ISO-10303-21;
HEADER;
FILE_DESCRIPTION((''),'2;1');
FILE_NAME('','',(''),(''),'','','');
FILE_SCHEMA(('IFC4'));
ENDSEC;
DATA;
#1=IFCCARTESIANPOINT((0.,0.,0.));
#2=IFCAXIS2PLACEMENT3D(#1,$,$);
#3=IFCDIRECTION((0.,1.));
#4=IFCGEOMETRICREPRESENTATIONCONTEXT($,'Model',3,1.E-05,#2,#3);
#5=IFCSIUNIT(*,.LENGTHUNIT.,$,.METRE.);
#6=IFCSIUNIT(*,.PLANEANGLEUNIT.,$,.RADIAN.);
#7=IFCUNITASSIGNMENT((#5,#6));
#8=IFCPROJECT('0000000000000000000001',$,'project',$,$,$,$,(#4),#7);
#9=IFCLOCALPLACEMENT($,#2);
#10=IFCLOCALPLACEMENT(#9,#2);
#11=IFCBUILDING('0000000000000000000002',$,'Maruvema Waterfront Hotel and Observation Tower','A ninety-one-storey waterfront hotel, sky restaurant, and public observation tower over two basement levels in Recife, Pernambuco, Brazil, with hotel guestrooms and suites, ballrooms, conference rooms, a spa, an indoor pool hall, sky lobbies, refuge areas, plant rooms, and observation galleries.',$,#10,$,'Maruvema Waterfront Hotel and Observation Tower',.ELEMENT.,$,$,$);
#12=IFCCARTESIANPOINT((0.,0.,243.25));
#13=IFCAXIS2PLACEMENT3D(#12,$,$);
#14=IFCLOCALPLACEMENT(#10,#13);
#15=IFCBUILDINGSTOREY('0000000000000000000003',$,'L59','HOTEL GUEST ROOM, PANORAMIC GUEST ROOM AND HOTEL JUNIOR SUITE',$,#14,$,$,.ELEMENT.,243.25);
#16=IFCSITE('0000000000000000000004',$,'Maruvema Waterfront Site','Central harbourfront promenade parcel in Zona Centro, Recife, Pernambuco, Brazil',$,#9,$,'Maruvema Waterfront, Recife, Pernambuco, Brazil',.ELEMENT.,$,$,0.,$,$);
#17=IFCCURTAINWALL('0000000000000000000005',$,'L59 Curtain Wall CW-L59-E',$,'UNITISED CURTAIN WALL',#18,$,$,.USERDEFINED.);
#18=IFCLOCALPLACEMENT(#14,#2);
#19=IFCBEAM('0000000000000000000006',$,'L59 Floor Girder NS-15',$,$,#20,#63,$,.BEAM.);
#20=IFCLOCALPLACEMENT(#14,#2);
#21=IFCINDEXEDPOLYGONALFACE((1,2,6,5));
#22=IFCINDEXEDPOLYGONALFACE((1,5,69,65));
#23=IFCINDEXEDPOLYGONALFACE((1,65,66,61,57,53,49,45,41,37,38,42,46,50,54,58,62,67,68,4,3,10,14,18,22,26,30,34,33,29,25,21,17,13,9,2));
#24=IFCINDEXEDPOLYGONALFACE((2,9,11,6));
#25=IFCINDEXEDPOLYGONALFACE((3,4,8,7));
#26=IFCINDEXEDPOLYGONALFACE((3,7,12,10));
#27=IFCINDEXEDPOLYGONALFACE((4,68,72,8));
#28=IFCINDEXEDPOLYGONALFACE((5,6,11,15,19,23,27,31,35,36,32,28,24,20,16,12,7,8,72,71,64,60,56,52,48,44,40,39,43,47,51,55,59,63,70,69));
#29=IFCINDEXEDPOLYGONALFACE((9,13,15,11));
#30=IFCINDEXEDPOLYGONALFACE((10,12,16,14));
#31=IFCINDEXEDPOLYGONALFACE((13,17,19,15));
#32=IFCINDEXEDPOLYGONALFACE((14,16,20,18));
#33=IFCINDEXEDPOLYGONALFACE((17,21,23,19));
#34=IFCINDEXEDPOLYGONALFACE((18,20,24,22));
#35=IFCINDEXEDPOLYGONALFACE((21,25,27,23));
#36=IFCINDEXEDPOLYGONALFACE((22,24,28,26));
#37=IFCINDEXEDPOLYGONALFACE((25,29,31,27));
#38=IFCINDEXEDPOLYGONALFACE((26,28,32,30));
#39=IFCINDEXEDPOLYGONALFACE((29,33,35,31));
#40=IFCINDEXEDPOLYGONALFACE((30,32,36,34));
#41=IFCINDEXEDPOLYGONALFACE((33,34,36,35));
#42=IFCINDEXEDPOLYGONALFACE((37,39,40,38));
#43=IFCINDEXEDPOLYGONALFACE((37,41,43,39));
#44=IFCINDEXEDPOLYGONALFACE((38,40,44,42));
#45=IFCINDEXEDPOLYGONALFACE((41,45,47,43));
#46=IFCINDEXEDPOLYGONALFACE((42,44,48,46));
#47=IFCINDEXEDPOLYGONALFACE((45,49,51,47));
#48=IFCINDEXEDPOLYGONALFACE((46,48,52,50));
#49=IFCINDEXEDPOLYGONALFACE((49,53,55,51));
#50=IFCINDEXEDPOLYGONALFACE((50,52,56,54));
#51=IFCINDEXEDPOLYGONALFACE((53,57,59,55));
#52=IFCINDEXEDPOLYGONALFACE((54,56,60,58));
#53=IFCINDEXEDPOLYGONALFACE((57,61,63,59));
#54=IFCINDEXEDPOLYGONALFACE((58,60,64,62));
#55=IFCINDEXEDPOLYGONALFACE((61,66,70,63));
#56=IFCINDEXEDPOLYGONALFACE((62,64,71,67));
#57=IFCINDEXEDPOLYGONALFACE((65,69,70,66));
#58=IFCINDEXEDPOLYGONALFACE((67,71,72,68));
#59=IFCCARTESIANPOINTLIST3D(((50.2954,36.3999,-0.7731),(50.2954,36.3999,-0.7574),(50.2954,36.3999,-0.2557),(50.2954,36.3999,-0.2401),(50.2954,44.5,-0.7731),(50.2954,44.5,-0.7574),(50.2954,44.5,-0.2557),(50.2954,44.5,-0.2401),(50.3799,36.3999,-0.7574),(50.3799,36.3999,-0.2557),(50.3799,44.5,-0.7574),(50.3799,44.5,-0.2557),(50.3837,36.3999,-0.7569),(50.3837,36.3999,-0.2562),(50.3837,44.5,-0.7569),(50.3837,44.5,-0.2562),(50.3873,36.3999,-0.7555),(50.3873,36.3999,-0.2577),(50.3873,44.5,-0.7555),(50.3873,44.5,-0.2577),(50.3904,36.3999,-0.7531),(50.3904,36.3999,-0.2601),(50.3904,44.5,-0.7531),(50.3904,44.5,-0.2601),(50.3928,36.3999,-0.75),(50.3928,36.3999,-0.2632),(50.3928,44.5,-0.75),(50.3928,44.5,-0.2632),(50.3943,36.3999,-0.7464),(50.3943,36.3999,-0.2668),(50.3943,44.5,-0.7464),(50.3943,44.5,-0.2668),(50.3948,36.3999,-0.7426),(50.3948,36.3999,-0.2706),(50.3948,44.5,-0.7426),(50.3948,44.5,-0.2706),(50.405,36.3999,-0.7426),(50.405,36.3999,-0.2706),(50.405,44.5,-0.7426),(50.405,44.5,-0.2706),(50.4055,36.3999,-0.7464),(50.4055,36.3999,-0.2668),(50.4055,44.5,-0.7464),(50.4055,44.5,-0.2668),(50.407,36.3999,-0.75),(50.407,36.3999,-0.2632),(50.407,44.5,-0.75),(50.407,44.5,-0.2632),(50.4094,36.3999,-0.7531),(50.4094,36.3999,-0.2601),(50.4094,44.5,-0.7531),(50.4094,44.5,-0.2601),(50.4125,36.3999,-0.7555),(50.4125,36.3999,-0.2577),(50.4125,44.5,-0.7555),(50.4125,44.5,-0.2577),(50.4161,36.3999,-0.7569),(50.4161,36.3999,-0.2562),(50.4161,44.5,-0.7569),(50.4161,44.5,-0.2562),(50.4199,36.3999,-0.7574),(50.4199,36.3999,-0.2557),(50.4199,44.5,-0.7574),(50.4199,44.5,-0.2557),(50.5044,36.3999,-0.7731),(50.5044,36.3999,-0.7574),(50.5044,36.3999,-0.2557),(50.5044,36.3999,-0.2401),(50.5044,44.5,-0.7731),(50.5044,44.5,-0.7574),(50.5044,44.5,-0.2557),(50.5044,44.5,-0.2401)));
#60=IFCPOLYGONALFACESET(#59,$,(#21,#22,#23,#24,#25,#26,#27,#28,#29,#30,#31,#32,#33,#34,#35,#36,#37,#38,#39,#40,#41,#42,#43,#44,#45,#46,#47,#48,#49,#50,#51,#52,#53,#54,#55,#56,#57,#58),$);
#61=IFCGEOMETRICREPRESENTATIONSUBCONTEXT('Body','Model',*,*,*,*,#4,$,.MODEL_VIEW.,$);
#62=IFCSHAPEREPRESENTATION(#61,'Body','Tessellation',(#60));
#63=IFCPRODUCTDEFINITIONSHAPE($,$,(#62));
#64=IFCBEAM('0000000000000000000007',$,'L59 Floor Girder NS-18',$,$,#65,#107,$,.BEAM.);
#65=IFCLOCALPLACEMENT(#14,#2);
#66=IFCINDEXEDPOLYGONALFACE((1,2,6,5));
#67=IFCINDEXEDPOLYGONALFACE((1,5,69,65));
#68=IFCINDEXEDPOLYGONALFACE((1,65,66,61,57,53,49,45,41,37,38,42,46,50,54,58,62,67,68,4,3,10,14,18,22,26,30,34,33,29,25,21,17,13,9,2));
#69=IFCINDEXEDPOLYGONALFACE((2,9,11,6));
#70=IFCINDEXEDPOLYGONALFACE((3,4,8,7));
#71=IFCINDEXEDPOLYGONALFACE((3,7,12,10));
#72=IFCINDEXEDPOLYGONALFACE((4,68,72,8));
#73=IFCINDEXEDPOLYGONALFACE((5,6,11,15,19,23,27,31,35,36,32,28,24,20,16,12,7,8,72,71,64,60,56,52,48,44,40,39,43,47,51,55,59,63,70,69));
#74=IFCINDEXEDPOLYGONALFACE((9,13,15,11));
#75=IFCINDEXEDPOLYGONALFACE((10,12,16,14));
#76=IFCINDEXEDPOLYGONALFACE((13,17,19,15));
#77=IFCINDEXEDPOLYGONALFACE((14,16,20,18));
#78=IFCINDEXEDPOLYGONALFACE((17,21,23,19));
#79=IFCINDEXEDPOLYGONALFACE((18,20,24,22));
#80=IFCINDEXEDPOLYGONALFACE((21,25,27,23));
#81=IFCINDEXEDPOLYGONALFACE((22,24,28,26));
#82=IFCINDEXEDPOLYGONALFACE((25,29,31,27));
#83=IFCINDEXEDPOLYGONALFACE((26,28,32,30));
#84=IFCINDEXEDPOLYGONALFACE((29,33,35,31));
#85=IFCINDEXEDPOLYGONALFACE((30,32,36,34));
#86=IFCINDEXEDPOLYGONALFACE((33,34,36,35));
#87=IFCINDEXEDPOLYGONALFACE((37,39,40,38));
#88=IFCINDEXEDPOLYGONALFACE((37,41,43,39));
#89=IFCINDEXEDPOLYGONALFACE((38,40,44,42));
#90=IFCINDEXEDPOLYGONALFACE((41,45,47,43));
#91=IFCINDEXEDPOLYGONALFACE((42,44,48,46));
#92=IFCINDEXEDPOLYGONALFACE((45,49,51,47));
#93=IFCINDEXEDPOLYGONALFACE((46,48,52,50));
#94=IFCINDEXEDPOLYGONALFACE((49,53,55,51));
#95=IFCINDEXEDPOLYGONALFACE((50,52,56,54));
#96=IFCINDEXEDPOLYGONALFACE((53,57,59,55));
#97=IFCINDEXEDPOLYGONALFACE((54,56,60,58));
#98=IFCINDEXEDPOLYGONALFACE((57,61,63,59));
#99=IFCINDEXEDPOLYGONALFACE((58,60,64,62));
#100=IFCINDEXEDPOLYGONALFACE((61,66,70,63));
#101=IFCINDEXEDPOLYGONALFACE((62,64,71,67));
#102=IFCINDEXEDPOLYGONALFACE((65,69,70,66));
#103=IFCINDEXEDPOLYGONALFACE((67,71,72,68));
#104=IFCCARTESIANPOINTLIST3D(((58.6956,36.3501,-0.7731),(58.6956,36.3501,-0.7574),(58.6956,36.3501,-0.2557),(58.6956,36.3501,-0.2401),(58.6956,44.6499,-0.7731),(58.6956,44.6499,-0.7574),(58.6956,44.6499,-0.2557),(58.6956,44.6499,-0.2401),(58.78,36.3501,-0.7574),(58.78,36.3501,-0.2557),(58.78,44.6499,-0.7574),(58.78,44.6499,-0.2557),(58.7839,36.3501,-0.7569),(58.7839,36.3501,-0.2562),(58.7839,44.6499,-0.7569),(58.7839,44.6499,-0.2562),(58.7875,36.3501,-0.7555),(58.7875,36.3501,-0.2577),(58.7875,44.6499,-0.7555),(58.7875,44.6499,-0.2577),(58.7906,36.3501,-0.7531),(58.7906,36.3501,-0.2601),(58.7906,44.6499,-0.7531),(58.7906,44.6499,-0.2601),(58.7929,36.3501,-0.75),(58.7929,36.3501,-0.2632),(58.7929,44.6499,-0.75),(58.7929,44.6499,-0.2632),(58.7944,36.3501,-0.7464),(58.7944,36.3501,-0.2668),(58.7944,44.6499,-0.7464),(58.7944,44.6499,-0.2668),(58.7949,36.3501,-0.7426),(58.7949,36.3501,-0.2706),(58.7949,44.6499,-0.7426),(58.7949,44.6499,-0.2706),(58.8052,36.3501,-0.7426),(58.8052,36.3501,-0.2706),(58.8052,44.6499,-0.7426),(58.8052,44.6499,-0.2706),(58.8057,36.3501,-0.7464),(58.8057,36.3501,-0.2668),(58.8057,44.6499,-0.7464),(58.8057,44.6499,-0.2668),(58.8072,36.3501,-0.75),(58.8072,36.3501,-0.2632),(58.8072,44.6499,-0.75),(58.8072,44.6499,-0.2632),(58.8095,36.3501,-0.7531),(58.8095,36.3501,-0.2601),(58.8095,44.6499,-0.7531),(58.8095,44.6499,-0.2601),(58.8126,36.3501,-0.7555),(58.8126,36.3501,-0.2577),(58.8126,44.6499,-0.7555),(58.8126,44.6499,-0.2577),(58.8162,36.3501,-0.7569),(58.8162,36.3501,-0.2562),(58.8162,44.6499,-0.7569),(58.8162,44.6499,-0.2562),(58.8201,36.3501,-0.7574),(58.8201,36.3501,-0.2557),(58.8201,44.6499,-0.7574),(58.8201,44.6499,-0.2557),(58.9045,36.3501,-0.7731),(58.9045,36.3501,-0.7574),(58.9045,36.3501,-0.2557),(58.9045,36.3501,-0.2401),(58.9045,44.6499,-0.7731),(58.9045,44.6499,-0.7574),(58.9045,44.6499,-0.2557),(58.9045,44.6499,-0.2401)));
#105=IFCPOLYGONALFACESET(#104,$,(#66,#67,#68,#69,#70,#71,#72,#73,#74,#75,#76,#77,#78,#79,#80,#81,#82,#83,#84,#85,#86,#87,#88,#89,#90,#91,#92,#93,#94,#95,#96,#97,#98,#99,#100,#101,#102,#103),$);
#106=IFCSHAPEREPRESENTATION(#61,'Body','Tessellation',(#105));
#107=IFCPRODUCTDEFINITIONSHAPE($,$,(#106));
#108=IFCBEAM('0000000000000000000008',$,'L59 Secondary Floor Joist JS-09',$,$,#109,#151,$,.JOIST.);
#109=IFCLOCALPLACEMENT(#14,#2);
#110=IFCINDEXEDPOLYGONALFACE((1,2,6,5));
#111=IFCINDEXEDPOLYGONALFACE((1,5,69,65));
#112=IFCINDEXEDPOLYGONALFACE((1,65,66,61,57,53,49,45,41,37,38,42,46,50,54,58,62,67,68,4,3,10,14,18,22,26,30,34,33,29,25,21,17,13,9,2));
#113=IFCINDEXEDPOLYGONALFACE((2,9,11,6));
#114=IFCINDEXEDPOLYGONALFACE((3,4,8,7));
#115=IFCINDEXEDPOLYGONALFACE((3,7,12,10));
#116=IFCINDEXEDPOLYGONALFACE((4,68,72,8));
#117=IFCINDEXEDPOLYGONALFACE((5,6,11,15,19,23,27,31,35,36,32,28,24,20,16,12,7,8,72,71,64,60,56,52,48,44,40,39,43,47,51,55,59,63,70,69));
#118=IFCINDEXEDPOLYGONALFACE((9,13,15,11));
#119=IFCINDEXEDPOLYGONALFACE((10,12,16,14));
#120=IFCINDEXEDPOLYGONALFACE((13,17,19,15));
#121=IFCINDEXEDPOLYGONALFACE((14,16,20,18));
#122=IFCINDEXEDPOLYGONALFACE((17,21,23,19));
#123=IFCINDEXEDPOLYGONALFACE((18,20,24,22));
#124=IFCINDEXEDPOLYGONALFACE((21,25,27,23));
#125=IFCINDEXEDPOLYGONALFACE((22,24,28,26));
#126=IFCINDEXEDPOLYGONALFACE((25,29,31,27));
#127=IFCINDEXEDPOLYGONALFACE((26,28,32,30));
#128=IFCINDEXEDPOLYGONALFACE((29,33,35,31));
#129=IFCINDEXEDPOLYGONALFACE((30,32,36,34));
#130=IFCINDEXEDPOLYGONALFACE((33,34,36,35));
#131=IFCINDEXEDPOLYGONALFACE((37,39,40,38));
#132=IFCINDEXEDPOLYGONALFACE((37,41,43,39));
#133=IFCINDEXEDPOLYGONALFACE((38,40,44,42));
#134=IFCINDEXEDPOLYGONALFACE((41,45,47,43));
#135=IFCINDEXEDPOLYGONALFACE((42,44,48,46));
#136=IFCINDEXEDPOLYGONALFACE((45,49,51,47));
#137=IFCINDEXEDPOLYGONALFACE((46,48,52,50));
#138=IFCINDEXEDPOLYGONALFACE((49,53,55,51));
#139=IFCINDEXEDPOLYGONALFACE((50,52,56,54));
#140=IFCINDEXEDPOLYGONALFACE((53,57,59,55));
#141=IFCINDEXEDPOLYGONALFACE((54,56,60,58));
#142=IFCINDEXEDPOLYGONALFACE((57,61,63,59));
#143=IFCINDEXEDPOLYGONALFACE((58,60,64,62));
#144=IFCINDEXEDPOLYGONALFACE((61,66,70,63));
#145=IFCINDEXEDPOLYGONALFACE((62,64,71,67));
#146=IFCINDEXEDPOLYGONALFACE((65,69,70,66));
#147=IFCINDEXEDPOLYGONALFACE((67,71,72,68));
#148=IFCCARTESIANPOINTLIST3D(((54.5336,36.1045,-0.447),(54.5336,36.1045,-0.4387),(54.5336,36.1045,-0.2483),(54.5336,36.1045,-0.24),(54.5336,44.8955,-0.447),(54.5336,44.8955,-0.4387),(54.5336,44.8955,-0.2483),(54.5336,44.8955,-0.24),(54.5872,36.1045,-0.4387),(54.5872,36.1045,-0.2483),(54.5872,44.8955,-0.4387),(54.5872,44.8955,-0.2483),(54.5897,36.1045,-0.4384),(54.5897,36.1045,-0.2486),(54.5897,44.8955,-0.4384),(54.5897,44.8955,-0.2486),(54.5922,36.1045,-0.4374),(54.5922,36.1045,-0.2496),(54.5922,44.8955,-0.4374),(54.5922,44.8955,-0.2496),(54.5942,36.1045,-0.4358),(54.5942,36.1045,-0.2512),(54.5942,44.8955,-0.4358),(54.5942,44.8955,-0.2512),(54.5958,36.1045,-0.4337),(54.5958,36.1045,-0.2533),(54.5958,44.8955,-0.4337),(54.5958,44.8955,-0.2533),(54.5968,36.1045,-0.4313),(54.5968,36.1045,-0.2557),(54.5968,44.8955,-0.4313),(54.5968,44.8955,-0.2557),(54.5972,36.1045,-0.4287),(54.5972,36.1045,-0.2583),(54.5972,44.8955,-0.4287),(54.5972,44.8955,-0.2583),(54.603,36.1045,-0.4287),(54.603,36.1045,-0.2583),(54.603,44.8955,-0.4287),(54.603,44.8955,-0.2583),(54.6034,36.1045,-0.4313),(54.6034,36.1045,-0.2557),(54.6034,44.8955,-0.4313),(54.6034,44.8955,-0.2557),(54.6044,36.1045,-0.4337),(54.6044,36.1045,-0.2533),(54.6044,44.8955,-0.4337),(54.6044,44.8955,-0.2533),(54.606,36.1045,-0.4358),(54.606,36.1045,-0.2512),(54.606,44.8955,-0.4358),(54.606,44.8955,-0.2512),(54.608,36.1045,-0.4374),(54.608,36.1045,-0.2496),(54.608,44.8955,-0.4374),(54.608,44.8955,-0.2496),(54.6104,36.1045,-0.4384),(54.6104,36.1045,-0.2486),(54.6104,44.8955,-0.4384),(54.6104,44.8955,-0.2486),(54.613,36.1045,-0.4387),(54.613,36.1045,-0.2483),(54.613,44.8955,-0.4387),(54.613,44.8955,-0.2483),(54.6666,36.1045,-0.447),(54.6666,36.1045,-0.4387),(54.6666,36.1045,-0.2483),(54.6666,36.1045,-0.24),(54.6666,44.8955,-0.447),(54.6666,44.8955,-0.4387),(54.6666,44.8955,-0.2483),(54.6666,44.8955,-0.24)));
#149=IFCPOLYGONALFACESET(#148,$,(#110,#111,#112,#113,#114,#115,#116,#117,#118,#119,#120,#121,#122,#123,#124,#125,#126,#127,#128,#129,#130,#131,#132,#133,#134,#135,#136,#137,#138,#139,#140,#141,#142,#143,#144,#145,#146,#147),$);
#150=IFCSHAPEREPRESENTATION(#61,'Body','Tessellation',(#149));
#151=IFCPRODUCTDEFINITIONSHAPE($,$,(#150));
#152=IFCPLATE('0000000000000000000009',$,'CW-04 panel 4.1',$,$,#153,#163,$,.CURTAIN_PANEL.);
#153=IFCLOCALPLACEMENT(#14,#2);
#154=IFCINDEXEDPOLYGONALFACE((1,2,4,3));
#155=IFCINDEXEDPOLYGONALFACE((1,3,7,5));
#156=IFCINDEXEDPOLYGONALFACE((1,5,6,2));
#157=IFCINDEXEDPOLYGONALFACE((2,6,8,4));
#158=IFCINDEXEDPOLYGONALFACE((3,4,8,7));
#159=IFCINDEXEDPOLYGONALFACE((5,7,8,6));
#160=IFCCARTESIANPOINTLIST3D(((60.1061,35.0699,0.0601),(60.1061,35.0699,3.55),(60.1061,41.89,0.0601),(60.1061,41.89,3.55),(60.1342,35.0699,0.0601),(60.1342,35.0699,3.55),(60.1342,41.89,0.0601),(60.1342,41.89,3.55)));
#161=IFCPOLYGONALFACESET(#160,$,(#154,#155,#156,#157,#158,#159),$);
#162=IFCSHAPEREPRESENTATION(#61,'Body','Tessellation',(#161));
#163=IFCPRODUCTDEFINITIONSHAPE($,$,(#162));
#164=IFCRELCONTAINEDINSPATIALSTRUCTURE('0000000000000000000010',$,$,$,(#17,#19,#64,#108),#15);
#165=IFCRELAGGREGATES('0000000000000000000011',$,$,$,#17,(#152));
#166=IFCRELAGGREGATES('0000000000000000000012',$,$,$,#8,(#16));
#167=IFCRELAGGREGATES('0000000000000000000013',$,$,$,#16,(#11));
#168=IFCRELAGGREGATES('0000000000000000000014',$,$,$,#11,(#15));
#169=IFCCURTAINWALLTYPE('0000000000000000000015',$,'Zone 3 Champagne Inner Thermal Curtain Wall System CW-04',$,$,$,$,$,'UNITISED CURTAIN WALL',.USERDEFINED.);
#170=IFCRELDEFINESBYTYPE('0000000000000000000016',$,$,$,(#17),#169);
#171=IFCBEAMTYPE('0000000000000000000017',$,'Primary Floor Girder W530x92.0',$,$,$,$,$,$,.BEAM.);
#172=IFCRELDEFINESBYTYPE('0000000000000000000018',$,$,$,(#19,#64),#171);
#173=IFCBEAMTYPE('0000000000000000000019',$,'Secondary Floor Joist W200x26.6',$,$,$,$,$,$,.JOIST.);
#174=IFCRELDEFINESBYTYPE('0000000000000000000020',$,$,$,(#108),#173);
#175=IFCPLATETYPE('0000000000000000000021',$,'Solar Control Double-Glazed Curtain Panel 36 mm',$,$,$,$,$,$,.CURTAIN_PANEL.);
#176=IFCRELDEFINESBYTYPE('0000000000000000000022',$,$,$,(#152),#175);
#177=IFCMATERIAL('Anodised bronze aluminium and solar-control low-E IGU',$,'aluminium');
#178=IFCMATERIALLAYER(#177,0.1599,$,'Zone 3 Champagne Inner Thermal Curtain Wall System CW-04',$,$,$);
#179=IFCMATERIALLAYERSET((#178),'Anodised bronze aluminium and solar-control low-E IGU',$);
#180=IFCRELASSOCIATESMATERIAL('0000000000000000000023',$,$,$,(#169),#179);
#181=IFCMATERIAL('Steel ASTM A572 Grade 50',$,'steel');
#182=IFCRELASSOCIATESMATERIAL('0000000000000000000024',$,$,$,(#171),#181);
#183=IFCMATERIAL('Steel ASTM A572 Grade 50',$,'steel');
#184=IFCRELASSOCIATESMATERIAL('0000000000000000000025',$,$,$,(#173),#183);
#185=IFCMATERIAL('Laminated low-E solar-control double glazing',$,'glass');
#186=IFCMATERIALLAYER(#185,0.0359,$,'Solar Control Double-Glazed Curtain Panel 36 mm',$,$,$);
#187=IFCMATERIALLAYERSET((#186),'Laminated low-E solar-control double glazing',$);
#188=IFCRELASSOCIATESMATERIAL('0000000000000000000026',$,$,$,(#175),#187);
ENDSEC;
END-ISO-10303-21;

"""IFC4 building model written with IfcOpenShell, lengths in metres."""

from ifc_helpers import new_model, si_unit, direction, frame, origin, origin_2d, place, context, subcontext, project, spatial, rectangle, i_section, extrude, material, layer, layer_set, material_profile, profile_set, type_object, element, aggregate, save


model = new_model("IFC4")

# Units and contexts
model_context = context("Model", 3, precision=1e-05, world=origin(), true_north=direction((0.0, 1.0)))
body_context = subcontext(model_context, "Body", "Model", "MODEL_VIEW")
ifc_project = project(units=[si_unit("LENGTHUNIT", "METRE"), si_unit("PLANEANGLEUNIT", "RADIAN")], contexts=[model_context])

# Site, building, storey
site_placement = place(None, origin())
site = spatial("IfcSite", under=ifc_project, at=site_placement, Name="Maruvema Waterfront Site", Description="Central harbourfront promenade parcel in Zona Centro, Recife, Pernambuco, Brazil", LongName="Maruvema Waterfront, Recife, Pernambuco, Brazil", CompositionType="ELEMENT", RefElevation=0.0)
building_placement = place(site_placement, origin())
building = spatial("IfcBuilding", under=site, at=building_placement, Name="Maruvema Waterfront Hotel and Observation Tower", Description="A ninety-one-storey waterfront hotel, sky restaurant, and public observation tower over two basement levels in Recife, Pernambuco, Brazil, with hotel guestrooms and suites, ballrooms, conference rooms, a spa, an indoor pool hall, sky lobbies, refuge areas, plant rooms, and observation galleries.", LongName="Maruvema Waterfront Hotel and Observation Tower", CompositionType="ELEMENT")
storey_placement = place(building_placement, frame((0.0, 0.0, 243.25)))
storey = spatial("IfcBuildingStorey", under=building, at=storey_placement, Name="L59", Description="HOTEL GUEST ROOM, PANORAMIC GUEST ROOM AND HOTEL JUNIOR SUITE", CompositionType="ELEMENT", Elevation=243.25)

# Curtain wall
ifc_material_1 = material(Name="Anodised bronze aluminium and solar-control low-E IGU", Category="aluminium")
ifc_layer_1 = layer(ifc_material_1, 0.1599, Name="Zone 3 Champagne Inner Thermal Curtain Wall System CW-04")
ifc_layer_set_1 = layer_set([ifc_layer_1], Name="Anodised bronze aluminium and solar-control low-E IGU")
curtain_wall_type = type_object("IfcCurtainWallType", Name="Zone 3 Champagne Inner Thermal Curtain Wall System CW-04", ElementType="UNITISED CURTAIN WALL", PredefinedType="USERDEFINED", material=ifc_layer_set_1)
curtain_wall_placement = place(storey_placement, origin())
curtain_wall = element("IfcCurtainWall", 1, at=curtain_wall_placement, inside=storey, type_object=curtain_wall_type, Name="L59 Curtain Wall CW-L59-E", ObjectType="UNITISED CURTAIN WALL", PredefinedType="USERDEFINED")

# Beams
ifc_material_2 = material(Name="Steel ASTM A572 Grade 50", Category="steel")
ifc_material_profile_1 = material_profile(ifc_material_2, i_section(OverallWidth=0.209, OverallDepth=0.533, WebThickness=0.0103, FlangeThickness=0.0156, FilletRadius=0.0149, at=origin_2d()), Name="W530x92.0")
ifc_profile_set_1 = profile_set([ifc_material_profile_1], Name="Steel ASTM A572 Grade 50")
beam_type_1 = type_object("IfcBeamType", Name="Primary Floor Girder W530x92.0", PredefinedType="BEAM", material=ifc_profile_set_1)
beam_1_placement = place(storey_placement, frame((50.3999, 36.3999, -0.5066), z_axis=(0.0, 1.0, 0.0), x_axis=(-1.0, 0.0, 0.0)))
element("IfcBeam", 2, at=beam_1_placement, inside=storey, type_object=beam_type_1, Name="L59 Floor Girder NS-15", PredefinedType="BEAM", context=body_context, shape_type="SweptSolid", body=[
    extrude(i_section(OverallWidth=0.209, OverallDepth=0.533, WebThickness=0.0103, FlangeThickness=0.0156, FilletRadius=0.0149, at=origin_2d()), origin(), (0.0, 0.0, 1.0), 8.1001),
])
beam_2_placement = place(storey_placement, frame((58.8, 36.3501, -0.5066), z_axis=(0.0, 1.0, 0.0), x_axis=(-1.0, 0.0, 0.0)))
element("IfcBeam", 3, at=beam_2_placement, inside=storey, type_object=beam_type_1, Name="L59 Floor Girder NS-18", PredefinedType="BEAM", context=body_context, shape_type="SweptSolid", body=[
    extrude(i_section(OverallWidth=0.209, OverallDepth=0.533, WebThickness=0.0103, FlangeThickness=0.0156, FilletRadius=0.0149, at=origin_2d()), origin(), (0.0, 0.0, 1.0), 8.2998),
])
ifc_material_3 = material(Name="Steel ASTM A572 Grade 50", Category="steel")
ifc_material_profile_2 = material_profile(ifc_material_3, i_section(OverallWidth=0.1331, OverallDepth=0.207, WebThickness=0.0059, FlangeThickness=0.0083, FilletRadius=0.01, at=origin_2d()), Name="W200x26.6")
ifc_profile_set_2 = profile_set([ifc_material_profile_2], Name="Steel ASTM A572 Grade 50")
beam_type_2 = type_object("IfcBeamType", Name="Secondary Floor Joist W200x26.6", PredefinedType="JOIST", material=ifc_profile_set_2)
beam_3_placement = place(storey_placement, frame((54.6001, 36.1045, -0.3435), z_axis=(0.0, 1.0, 0.0), x_axis=(-1.0, 0.0, 0.0)))
element("IfcBeam", 4, at=beam_3_placement, inside=storey, type_object=beam_type_2, Name="L59 Secondary Floor Joist JS-09", PredefinedType="JOIST", context=body_context, shape_type="SweptSolid", body=[
    extrude(i_section(OverallWidth=0.1331, OverallDepth=0.207, WebThickness=0.0059, FlangeThickness=0.0083, FilletRadius=0.01, at=origin_2d()), origin(), (0.0, 0.0, 1.0), 8.791),
])

# Plate
ifc_material_4 = material(Name="Laminated low-E solar-control double glazing", Category="glass")
ifc_layer_2 = layer(ifc_material_4, 0.0359, Name="Solar Control Double-Glazed Curtain Panel 36 mm")
ifc_layer_set_2 = layer_set([ifc_layer_2], Name="Laminated low-E solar-control double glazing")
plate_type = type_object("IfcPlateType", Name="Solar Control Double-Glazed Curtain Panel 36 mm", PredefinedType="CURTAIN_PANEL", material=ifc_layer_set_2)
plate_placement = place(storey_placement, frame((60.1201, 38.48, 0.0601), z_axis=(0.0, 0.0, 1.0), x_axis=(0.0, 1.0, 0.0)))
plate = element("IfcPlate", 5, at=plate_placement, type_object=plate_type, Name="CW-04 panel 4.1", PredefinedType="CURTAIN_PANEL", context=body_context, shape_type="SweptSolid", body=[
    extrude(rectangle(XDim=6.8201, YDim=0.0281, at=origin_2d()), origin(), (0.0, 0.0, 1.0), 3.49),
])
aggregate(curtain_wall, [plate])

save(model, "model.ifc")
